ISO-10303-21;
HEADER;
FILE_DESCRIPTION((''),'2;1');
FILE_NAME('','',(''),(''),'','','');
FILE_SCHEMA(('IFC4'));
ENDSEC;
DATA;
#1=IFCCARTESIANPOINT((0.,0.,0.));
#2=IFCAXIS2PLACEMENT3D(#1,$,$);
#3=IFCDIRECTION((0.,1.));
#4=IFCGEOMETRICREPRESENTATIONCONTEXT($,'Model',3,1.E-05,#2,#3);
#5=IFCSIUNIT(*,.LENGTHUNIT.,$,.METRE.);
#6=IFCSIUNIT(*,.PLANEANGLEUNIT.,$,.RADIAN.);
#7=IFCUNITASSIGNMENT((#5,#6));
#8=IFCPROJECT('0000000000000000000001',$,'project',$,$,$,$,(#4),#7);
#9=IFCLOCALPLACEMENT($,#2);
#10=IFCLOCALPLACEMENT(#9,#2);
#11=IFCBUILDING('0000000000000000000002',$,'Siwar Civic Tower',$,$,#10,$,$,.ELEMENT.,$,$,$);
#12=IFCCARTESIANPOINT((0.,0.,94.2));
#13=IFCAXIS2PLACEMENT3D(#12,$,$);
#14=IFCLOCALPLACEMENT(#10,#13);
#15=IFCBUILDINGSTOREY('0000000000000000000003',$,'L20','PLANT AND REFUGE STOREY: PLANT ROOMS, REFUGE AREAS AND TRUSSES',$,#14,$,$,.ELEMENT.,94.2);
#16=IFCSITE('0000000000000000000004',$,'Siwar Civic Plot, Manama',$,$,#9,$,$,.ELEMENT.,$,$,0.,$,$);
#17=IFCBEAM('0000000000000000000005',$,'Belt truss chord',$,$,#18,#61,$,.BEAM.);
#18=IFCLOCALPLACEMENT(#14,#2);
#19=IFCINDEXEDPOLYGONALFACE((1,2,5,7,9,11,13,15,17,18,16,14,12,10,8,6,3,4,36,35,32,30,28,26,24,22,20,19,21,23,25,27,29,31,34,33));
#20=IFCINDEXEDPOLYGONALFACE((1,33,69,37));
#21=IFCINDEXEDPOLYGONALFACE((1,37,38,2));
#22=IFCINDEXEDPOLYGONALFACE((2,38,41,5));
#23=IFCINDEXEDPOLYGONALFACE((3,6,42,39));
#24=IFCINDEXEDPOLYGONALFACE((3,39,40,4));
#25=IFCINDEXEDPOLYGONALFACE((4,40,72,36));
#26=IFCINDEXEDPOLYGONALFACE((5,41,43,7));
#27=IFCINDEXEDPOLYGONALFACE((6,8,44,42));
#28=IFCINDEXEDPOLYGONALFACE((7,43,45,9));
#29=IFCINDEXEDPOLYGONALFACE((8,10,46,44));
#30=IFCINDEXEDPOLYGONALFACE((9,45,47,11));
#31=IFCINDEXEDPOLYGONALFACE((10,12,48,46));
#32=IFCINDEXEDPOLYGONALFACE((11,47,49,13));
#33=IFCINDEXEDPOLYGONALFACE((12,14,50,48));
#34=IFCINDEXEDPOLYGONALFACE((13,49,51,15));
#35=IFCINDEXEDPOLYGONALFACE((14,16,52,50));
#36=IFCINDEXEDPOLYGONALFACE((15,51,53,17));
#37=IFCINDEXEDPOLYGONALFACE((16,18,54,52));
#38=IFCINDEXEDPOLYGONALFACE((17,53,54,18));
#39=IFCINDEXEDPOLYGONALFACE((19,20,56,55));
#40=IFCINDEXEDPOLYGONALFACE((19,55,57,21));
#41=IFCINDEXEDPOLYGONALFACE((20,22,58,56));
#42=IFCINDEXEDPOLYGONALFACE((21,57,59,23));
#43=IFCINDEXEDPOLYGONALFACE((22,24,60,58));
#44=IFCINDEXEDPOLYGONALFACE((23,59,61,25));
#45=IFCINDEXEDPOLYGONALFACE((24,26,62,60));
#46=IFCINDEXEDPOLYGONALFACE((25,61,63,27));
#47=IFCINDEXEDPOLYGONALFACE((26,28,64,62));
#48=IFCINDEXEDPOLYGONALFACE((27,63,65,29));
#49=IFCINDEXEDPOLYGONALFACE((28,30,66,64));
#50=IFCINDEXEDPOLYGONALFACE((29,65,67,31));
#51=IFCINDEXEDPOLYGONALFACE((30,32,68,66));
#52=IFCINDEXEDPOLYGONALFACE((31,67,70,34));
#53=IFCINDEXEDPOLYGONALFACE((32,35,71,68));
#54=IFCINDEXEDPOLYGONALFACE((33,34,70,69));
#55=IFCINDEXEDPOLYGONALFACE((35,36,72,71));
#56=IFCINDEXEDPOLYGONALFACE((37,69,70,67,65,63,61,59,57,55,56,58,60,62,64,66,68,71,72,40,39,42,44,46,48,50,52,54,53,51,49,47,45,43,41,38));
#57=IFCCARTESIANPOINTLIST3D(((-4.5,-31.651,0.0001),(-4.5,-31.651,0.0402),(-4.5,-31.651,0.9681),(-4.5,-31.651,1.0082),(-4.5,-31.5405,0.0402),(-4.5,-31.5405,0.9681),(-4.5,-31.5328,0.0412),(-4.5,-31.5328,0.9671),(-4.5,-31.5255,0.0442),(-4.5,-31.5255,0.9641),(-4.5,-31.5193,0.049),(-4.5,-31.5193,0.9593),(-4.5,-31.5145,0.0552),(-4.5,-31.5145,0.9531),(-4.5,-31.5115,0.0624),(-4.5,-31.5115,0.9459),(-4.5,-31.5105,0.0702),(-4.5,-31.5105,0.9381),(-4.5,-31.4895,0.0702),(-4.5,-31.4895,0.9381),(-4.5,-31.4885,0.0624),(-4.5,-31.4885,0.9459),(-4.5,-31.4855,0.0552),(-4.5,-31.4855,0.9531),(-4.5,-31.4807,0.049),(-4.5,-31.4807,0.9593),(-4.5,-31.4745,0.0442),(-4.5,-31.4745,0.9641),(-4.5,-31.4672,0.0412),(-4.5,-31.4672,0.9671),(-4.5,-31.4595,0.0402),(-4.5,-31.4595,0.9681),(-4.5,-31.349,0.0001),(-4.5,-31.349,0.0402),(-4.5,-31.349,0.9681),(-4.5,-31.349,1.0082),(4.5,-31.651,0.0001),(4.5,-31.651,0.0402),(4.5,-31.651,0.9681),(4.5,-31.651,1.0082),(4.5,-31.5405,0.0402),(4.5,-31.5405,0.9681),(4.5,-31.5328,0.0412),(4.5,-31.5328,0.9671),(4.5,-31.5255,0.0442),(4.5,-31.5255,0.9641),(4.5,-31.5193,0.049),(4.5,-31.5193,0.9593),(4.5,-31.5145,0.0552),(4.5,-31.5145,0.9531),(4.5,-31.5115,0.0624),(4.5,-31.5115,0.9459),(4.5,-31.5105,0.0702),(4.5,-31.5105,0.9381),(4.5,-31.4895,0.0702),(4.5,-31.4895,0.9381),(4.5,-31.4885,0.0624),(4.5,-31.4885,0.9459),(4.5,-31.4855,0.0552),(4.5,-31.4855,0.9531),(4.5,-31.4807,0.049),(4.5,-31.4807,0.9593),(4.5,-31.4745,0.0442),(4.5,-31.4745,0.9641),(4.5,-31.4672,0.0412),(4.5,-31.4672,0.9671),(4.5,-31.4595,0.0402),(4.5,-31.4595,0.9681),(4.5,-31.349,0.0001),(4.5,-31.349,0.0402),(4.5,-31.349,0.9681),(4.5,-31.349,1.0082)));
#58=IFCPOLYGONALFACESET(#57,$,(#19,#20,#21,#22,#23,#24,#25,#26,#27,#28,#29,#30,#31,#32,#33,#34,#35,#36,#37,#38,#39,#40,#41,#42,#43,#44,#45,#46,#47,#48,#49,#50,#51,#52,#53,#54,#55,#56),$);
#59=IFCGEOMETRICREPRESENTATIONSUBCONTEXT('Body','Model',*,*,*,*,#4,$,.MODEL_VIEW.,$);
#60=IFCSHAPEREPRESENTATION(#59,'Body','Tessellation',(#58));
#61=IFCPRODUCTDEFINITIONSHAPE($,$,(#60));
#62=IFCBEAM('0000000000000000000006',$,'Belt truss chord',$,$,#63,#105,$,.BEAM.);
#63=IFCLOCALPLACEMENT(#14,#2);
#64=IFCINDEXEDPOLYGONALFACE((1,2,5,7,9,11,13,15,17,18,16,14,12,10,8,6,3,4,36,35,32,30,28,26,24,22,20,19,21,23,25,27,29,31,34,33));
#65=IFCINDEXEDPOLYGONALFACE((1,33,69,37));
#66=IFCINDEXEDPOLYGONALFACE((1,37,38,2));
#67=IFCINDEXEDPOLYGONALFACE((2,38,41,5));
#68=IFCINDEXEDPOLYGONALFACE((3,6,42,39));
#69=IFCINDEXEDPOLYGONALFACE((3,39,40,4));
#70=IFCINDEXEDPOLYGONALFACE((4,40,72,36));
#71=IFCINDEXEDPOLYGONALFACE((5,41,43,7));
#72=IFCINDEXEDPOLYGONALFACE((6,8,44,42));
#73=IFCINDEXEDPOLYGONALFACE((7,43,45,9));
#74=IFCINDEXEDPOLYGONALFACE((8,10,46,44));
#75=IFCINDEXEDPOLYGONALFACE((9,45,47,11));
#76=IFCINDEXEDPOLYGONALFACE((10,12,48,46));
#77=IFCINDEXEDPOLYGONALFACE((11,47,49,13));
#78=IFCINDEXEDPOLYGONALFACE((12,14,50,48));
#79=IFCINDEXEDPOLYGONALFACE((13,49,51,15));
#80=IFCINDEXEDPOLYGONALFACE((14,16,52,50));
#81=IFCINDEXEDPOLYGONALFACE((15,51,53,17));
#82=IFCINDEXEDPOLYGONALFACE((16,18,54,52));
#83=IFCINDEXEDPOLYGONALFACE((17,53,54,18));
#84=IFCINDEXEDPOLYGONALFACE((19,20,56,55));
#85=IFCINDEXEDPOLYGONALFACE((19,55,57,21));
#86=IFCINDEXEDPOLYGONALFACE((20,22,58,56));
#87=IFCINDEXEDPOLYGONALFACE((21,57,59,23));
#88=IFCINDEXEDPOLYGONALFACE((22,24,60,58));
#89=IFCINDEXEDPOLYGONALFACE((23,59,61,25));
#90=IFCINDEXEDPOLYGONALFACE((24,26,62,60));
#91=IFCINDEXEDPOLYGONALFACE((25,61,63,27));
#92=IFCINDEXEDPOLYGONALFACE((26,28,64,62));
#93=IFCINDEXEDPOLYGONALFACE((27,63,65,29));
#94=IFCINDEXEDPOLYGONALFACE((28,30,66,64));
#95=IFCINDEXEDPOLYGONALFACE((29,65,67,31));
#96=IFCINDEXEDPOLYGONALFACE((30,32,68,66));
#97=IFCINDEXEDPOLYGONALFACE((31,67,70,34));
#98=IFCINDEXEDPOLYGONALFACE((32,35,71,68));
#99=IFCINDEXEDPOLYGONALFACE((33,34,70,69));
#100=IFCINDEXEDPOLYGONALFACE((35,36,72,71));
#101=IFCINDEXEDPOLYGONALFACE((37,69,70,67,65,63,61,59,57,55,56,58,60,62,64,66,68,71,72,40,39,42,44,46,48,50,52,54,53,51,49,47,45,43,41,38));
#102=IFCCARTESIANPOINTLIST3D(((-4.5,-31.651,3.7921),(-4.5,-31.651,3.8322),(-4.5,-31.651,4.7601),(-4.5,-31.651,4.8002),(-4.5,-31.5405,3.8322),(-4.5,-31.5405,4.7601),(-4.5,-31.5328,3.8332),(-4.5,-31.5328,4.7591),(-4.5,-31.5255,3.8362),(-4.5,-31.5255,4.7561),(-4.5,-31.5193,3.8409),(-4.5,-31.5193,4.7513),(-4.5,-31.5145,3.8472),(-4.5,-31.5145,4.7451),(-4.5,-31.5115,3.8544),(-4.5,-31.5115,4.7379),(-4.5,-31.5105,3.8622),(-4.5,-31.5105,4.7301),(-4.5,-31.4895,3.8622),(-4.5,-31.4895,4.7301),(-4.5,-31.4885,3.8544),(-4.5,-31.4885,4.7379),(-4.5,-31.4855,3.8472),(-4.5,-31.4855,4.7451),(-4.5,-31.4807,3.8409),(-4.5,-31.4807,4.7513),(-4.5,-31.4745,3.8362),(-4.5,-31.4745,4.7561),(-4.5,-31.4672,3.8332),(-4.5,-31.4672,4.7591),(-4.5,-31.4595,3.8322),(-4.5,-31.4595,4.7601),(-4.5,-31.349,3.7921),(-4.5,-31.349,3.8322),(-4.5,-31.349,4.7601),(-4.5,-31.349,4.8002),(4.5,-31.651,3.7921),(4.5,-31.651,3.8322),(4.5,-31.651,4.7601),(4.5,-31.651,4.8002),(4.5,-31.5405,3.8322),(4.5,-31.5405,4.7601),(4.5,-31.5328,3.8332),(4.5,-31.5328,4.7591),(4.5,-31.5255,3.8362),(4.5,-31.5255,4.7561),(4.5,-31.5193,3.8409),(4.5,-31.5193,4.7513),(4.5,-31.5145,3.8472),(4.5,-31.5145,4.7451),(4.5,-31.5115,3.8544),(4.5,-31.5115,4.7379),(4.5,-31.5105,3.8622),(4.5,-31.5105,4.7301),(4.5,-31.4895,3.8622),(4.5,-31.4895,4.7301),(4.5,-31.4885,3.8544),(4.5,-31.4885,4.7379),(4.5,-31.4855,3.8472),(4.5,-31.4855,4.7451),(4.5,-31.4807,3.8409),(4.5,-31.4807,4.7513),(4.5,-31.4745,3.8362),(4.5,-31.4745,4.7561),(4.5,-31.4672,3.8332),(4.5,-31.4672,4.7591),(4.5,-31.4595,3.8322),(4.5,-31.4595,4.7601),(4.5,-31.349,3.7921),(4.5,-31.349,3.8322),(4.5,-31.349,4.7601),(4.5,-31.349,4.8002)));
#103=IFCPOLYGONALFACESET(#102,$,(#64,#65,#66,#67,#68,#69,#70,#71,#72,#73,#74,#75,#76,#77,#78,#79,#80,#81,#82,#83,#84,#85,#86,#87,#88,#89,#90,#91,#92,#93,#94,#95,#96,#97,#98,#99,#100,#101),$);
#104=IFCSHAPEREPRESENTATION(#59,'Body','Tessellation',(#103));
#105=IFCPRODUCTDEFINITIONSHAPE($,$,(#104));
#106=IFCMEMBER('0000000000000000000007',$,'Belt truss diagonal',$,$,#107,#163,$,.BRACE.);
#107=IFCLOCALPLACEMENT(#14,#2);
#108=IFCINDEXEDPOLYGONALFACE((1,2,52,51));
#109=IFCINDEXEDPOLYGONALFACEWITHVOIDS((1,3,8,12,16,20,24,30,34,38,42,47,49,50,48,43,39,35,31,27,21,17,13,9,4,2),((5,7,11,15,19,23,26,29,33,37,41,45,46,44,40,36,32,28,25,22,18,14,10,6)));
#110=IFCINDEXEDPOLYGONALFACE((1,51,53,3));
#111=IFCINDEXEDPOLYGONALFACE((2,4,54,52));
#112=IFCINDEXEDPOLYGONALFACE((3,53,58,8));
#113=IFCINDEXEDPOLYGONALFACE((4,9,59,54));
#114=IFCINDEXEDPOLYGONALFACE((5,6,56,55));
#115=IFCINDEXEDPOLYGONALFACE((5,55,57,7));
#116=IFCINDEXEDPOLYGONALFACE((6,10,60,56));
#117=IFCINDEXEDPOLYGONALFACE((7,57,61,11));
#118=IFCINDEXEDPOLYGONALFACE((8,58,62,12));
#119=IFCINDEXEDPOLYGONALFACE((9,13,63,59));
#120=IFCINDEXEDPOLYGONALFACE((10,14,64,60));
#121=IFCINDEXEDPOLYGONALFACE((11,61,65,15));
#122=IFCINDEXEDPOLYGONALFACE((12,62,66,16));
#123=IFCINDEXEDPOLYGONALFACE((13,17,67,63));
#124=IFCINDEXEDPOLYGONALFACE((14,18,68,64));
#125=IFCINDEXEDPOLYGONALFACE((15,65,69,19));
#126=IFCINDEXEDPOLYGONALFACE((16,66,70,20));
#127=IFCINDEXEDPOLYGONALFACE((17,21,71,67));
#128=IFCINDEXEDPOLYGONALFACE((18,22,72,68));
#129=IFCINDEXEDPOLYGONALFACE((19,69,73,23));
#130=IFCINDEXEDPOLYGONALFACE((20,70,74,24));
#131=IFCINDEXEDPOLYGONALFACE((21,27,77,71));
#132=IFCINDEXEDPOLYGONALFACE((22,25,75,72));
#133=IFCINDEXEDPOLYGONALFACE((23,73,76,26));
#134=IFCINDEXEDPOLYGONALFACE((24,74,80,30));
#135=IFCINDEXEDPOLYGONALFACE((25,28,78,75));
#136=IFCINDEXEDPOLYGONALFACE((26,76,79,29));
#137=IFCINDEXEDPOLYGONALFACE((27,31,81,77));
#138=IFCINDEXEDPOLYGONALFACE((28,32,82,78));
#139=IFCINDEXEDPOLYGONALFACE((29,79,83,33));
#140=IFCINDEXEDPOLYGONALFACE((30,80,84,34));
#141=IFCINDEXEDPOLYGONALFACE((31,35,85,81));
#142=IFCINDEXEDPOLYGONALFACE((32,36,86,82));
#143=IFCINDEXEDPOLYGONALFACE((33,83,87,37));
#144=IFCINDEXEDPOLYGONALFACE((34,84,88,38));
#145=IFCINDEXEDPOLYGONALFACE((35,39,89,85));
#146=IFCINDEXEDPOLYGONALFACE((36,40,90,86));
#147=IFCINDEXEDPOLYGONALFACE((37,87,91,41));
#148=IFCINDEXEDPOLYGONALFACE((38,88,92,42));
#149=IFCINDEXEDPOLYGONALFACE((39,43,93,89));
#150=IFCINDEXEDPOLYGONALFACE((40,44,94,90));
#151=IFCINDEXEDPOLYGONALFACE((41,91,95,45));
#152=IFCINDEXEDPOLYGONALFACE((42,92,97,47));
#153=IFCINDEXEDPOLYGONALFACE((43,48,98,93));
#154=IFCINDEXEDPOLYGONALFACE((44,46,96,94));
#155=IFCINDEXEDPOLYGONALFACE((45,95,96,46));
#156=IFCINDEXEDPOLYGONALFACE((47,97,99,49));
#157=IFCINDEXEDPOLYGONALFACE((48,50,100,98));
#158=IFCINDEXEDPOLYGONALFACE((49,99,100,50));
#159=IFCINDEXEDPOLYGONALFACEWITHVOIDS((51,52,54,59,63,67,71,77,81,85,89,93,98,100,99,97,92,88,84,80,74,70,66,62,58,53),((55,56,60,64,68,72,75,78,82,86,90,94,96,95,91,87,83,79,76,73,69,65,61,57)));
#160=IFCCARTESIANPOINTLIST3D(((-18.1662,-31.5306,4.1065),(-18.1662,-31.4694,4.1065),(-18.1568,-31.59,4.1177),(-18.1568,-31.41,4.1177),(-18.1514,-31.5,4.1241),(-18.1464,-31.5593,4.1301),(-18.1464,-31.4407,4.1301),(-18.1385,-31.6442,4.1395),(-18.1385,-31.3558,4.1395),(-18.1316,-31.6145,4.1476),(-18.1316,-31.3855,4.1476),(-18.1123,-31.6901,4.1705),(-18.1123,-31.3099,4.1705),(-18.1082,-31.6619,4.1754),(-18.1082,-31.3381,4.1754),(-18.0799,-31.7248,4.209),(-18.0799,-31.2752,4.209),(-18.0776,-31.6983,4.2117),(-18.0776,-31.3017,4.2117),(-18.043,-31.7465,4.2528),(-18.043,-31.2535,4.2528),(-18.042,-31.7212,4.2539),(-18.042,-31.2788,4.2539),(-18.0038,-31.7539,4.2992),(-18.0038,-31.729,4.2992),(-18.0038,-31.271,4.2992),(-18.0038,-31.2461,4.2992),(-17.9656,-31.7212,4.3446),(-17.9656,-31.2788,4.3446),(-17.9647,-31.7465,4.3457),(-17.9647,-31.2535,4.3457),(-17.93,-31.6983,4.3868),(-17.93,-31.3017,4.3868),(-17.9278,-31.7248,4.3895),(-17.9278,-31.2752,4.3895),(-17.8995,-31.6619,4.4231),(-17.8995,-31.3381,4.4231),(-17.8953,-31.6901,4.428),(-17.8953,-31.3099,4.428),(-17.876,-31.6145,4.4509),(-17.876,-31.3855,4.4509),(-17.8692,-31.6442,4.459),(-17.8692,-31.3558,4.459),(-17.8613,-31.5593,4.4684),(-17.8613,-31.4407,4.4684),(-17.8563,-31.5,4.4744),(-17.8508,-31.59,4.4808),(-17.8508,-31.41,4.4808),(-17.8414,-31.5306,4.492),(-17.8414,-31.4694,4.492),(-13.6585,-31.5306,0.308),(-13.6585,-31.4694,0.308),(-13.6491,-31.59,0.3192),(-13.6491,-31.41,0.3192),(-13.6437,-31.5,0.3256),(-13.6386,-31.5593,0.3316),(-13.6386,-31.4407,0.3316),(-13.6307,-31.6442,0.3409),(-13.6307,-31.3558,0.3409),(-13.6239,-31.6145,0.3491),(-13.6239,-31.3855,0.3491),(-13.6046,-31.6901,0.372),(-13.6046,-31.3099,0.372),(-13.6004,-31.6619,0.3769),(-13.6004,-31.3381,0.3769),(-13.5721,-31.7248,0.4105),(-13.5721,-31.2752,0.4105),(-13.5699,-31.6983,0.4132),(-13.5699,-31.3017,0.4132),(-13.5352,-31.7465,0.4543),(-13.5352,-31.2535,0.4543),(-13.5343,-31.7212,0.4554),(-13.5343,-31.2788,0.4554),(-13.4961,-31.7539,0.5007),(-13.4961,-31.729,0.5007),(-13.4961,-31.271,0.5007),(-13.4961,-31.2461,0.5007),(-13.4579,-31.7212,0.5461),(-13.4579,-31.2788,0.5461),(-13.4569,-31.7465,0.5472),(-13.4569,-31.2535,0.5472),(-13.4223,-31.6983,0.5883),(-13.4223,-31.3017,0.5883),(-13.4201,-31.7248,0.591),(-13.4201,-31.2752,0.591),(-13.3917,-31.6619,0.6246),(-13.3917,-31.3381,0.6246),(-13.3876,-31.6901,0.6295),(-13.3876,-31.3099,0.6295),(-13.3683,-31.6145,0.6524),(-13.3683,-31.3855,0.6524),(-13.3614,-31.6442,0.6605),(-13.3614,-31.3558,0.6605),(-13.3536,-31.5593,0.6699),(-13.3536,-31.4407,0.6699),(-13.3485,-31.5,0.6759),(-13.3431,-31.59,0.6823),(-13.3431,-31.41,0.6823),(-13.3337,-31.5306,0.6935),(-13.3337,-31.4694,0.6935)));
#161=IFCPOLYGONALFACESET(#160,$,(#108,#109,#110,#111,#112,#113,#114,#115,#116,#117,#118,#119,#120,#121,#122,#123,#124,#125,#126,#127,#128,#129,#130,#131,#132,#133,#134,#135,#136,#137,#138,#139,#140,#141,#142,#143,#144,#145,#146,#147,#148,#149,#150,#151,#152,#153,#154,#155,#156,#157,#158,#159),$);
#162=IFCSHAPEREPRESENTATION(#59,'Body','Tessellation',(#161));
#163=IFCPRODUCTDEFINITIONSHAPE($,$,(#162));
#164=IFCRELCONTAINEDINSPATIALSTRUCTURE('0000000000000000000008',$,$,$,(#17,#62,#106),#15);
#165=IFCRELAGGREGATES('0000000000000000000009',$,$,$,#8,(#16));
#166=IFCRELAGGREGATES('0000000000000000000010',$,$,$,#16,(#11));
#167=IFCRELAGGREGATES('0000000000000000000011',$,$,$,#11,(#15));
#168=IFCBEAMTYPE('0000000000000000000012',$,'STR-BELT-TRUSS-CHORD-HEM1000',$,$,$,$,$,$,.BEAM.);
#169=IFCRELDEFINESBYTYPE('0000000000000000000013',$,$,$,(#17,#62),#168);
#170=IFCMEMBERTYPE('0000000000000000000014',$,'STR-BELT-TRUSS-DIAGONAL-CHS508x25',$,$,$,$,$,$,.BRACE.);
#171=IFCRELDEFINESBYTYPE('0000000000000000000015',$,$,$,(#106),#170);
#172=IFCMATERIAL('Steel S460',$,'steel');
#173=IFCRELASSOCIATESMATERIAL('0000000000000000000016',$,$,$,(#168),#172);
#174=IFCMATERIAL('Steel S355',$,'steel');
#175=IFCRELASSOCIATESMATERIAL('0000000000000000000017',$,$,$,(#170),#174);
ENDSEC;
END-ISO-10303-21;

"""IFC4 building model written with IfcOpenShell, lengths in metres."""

from ifc_helpers import new_model, si_unit, direction, frame, origin, origin_2d, place, context, subcontext, project, spatial, hollow_circle, i_section, extrude, material, material_profile, profile_set, type_object, element, save


model = new_model("IFC4")

# Units and contexts
model_context = context("Model", 3, precision=1e-05, world=origin(), true_north=direction((0.0, 1.0)))
body_context = subcontext(model_context, "Body", "Model", "MODEL_VIEW")
ifc_project = project(units=[si_unit("LENGTHUNIT", "METRE"), si_unit("PLANEANGLEUNIT", "RADIAN")], contexts=[model_context])

# Site, building, storey
site_placement = place(None, origin())
site = spatial("IfcSite", under=ifc_project, at=site_placement, Name="Siwar Civic Plot, Manama", CompositionType="ELEMENT", RefElevation=0.0)
building_placement = place(site_placement, origin())
building = spatial("IfcBuilding", under=site, at=building_placement, Name="Siwar Civic Tower", CompositionType="ELEMENT")
storey_placement = place(building_placement, frame((0.0, 0.0, 94.2)))
storey = spatial("IfcBuildingStorey", under=building, at=storey_placement, Name="L20", Description="PLANT AND REFUGE STOREY: PLANT ROOMS, REFUGE AREAS AND TRUSSES", CompositionType="ELEMENT", Elevation=94.2)

# Beams
ifc_material_1 = material(Name="Steel S460", Category="steel")
ifc_material_profile_1 = material_profile(ifc_material_1, i_section(OverallWidth=0.302, OverallDepth=1.0081, WebThickness=0.021, FlangeThickness=0.04, FilletRadius=0.03, at=origin_2d()), Name="HEM1000")
ifc_profile_set_1 = profile_set([ifc_material_profile_1], Name="Steel S460")
beam_type_1 = type_object("IfcBeamType", Name="STR-BELT-TRUSS-CHORD-HEM1000", PredefinedType="BEAM", material=ifc_profile_set_1)
for number, where, z_axis, x_axis, name in (
    (1, (-4.5, -31.5, 0.5042), (1.0, 0.0, 0.0), (0.0, 1.0, 0.0), "Belt truss chord"),
    (2, (-4.5, -31.5, 4.2961), (1.0, 0.0, 0.0), (0.0, 1.0, 0.0), "Belt truss chord"),
):
    element("IfcBeam", number, at=place(storey_placement, frame(where, z_axis=z_axis, x_axis=x_axis)), inside=storey, type_object=beam_type_1, Name=name, PredefinedType="BEAM", context=body_context, shape_type="SweptSolid", body=[
        extrude(i_section(OverallWidth=0.302, OverallDepth=1.0081, WebThickness=0.021, FlangeThickness=0.04, FilletRadius=0.03, at=origin_2d()), origin(), (0.0, 0.0, 1.0), 9.0),
    ])

# Member
ifc_material_2 = material(Name="Steel S355", Category="steel")
ifc_material_profile_2 = material_profile(ifc_material_2, hollow_circle(Radius=0.2539, WallThickness=0.0249, at=origin_2d()), Name="CHS508x25")
ifc_profile_set_2 = profile_set([ifc_material_profile_2], Name="Steel S355")
member_type_1 = type_object("IfcMemberType", Name="STR-BELT-TRUSS-DIAGONAL-CHS508x25", PredefinedType="BRACE", material=ifc_profile_set_2)
for number, where, z_axis, x_axis, name in (
    (3, (-13.4961, -31.5, 0.5007), (-0.7647, 0.0, 0.644387), (0.0, -1.0, 0.0), "Belt truss diagonal"),
):
    element("IfcMember", number, at=place(storey_placement, frame(where, z_axis=z_axis, x_axis=x_axis)), inside=storey, type_object=member_type_1, Name=name, PredefinedType="BRACE", context=body_context, shape_type="SweptSolid", body=[
        extrude(hollow_circle(Radius=0.2539, WallThickness=0.0249, at=origin_2d()), origin(), (0.0, 0.0, 1.0), 5.8948),
    ])

save(model, "model.ifc")
